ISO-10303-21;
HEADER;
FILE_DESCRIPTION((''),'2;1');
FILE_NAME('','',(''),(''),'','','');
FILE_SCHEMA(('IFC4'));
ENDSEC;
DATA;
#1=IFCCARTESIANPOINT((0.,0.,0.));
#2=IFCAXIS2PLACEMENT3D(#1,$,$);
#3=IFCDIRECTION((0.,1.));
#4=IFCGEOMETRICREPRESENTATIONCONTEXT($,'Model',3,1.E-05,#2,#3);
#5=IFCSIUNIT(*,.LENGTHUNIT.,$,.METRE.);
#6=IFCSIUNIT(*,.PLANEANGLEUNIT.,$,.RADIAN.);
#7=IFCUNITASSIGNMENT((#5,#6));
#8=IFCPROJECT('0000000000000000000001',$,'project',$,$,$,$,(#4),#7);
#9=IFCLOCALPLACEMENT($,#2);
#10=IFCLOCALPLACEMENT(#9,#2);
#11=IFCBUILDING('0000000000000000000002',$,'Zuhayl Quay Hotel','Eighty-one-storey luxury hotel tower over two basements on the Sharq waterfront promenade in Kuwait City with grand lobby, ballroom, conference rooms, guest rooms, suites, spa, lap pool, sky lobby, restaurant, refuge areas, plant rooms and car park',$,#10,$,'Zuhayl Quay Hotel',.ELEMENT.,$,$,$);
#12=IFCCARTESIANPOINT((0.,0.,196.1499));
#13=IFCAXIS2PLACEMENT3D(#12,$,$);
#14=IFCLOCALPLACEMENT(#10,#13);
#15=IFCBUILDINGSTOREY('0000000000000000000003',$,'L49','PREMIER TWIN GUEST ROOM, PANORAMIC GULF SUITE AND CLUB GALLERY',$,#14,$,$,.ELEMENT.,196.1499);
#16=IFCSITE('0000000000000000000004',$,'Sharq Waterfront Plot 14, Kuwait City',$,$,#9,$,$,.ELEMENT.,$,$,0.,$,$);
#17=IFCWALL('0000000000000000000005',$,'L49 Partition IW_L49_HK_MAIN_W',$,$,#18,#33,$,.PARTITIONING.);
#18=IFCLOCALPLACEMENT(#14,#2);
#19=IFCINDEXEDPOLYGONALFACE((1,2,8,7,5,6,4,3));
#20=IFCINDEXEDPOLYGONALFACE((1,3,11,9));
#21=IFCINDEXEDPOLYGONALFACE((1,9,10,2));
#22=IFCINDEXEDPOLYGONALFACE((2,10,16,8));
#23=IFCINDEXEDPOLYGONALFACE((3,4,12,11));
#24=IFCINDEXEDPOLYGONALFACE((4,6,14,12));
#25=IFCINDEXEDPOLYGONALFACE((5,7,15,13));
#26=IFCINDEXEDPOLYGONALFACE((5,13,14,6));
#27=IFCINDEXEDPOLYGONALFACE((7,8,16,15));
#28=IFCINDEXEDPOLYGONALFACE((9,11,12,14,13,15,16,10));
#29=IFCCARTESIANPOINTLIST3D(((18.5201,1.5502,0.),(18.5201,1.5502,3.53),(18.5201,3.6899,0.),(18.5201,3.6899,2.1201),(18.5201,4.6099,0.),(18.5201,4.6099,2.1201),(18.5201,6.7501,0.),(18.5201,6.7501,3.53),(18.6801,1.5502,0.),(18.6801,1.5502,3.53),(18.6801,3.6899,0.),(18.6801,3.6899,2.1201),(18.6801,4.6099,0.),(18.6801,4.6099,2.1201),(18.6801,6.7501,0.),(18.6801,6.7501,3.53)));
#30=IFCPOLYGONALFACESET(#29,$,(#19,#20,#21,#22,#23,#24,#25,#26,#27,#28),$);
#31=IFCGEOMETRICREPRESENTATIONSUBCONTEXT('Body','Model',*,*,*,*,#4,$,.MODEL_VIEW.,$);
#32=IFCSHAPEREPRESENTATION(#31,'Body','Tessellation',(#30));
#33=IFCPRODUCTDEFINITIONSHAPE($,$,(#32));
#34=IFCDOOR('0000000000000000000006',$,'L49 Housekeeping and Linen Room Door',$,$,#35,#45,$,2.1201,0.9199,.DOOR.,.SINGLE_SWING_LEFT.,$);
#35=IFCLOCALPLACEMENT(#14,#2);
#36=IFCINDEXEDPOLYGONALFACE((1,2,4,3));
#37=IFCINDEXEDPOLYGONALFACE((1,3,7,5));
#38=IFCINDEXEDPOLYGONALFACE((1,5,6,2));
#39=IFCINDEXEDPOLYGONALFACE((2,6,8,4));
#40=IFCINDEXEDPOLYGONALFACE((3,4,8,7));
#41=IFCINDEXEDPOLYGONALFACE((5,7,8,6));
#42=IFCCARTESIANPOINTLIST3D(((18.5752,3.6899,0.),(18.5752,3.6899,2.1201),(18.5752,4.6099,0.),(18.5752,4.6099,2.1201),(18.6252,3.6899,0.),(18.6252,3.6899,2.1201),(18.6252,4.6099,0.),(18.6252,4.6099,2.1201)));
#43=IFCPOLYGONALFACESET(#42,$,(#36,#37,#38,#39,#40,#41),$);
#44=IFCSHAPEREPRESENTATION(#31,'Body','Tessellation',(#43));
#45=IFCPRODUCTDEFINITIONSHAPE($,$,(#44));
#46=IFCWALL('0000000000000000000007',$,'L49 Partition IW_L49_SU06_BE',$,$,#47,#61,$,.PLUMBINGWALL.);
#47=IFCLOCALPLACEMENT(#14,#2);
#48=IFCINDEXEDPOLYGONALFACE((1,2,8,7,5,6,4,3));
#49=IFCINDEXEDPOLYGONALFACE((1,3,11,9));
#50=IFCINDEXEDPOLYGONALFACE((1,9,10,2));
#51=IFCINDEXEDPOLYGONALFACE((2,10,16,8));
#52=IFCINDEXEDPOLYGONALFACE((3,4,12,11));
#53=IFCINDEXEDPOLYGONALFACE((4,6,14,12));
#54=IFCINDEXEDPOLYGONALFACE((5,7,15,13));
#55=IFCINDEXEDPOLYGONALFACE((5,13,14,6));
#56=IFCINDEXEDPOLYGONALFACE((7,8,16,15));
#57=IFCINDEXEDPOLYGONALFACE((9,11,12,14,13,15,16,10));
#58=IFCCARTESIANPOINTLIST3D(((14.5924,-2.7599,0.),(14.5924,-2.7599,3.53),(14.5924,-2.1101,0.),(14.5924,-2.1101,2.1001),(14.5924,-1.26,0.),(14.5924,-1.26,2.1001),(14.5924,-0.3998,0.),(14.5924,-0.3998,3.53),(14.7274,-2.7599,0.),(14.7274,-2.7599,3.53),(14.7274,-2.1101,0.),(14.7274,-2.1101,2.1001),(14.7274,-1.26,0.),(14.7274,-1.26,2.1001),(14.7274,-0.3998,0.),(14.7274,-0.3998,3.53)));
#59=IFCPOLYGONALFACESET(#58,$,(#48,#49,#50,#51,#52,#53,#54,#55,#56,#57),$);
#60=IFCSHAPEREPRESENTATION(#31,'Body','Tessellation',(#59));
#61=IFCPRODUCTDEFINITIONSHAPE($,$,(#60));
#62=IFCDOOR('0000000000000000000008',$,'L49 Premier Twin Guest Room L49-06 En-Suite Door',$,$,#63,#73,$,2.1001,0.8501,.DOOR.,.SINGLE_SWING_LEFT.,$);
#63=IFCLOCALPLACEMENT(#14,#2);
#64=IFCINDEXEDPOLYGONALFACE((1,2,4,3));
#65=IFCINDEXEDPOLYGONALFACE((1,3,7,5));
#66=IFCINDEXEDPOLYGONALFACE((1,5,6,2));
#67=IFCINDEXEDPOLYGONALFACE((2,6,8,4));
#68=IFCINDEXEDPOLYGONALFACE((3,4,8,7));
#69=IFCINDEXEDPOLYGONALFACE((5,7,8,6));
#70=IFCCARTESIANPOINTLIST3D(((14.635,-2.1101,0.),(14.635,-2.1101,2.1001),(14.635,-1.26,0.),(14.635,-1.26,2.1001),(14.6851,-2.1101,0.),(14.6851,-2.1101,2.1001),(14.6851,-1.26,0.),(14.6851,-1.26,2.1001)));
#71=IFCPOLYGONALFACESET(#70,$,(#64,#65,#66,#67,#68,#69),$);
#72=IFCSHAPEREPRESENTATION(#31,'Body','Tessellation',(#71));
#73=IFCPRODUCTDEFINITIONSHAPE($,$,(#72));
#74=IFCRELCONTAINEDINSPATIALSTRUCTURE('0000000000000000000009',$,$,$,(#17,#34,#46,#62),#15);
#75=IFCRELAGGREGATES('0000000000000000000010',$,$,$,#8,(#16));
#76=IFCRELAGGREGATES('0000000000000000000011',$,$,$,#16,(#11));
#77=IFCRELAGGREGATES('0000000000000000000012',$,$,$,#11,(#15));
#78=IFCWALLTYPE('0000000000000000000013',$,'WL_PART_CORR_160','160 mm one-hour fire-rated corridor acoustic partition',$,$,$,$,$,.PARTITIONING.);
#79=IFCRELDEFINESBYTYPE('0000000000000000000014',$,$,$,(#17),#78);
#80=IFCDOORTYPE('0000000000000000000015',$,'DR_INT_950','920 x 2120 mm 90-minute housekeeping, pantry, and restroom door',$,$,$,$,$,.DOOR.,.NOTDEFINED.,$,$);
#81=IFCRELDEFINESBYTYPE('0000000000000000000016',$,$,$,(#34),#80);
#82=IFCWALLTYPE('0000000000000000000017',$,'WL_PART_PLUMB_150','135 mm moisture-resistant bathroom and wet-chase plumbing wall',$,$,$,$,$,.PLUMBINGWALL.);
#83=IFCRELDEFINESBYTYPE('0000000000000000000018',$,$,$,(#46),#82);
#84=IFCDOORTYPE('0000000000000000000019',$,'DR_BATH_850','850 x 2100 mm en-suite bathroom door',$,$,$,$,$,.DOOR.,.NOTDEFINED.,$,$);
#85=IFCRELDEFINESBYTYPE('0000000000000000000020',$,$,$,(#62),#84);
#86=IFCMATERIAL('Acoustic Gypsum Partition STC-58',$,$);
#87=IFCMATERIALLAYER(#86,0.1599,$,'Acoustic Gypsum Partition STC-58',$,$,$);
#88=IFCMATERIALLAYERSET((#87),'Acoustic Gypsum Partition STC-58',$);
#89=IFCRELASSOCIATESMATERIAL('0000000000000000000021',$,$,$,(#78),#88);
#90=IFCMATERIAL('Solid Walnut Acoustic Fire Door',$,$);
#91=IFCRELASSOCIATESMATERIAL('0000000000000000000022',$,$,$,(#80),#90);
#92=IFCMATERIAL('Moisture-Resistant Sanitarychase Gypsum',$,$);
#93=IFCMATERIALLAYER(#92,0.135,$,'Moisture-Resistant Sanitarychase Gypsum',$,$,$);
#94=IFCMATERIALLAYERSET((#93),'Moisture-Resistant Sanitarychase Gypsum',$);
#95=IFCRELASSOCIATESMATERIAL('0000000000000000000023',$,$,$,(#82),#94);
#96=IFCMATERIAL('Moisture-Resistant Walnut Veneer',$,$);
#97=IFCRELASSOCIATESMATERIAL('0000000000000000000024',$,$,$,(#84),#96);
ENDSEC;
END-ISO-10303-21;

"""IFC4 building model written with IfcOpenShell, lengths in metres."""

from ifc_helpers import new_model, si_unit, direction, frame, frame_2d, origin, place, context, subcontext, project, spatial, rectangle, extrude, material, layer, layer_set, type_object, element, fill, save


model = new_model("IFC4")

# Units and contexts
model_context = context("Model", 3, precision=1e-05, world=origin(), true_north=direction((0.0, 1.0)))
body_context = subcontext(model_context, "Body", "Model", "MODEL_VIEW")
ifc_project = project(units=[si_unit("LENGTHUNIT", "METRE"), si_unit("PLANEANGLEUNIT", "RADIAN")], contexts=[model_context])

# Site, building, storey
site_placement = place(None, origin())
site = spatial("IfcSite", under=ifc_project, at=site_placement, Name="Sharq Waterfront Plot 14, Kuwait City", CompositionType="ELEMENT", RefElevation=0.0)
building_placement = place(site_placement, origin())
building = spatial("IfcBuilding", under=site, at=building_placement, Name="Zuhayl Quay Hotel", Description="Eighty-one-storey luxury hotel tower over two basements on the Sharq waterfront promenade in Kuwait City with grand lobby, ballroom, conference rooms, guest rooms, suites, spa, lap pool, sky lobby, restaurant, refuge areas, plant rooms and car park", LongName="Zuhayl Quay Hotel", CompositionType="ELEMENT")
storey_placement = place(building_placement, frame((0.0, 0.0, 196.1499)))
storey = spatial("IfcBuildingStorey", under=building, at=storey_placement, Name="L49", Description="PREMIER TWIN GUEST ROOM, PANORAMIC GULF SUITE AND CLUB GALLERY", CompositionType="ELEMENT", Elevation=196.1499)

# Shared definitions
ifc_material_1 = material(Name="Acoustic Gypsum Partition STC-58")

# Walls, openings, doors
ifc_layer_1 = layer(ifc_material_1, 0.1599, Name="Acoustic Gypsum Partition STC-58")
ifc_layer_set_1 = layer_set([ifc_layer_1], Name="Acoustic Gypsum Partition STC-58")
wall_type_1 = type_object("IfcWallType", Name="WL_PART_CORR_160", Description="160 mm one-hour fire-rated corridor acoustic partition", PredefinedType="PARTITIONING", material=ifc_layer_set_1)
wall_1_placement = place(storey_placement, frame((18.6001, 1.55, 0.0), z_axis=(0.0, 0.0, 1.0), x_axis=(0.0, 1.0, 0.0)))
wall_1 = element("IfcWall", 1, at=wall_1_placement, inside=storey, type_object=wall_type_1, Name="L49 Partition IW_L49_HK_MAIN_W", PredefinedType="PARTITIONING", context=body_context, shape_type="SweptSolid", body=[
    extrude(rectangle(XDim=5.2, YDim=0.1599, at=frame_2d((2.6001, 0.0))), origin(), (0.0, 0.0, 1.0), 3.53),
])
opening_1_placement = place(wall_1_placement, frame((2.1399, 0.0, 0.0)))
opening_1 = element("IfcOpeningElement", 2, at=opening_1_placement, cuts=wall_1, PredefinedType="OPENING", context=body_context, shape_type="SweptSolid", body=[
    extrude(rectangle(XDim=0.9199, YDim=2.1201, at=frame_2d((0.46, 1.0601))), frame((0.0, 0.0898, 0.0), z_axis=(0.0, -1.0, 0.0), x_axis=(1.0, 0.0, 0.0)), (0.0, 0.0, 1.0), 0.1799),
])
ifc_material_2 = material(Name="Solid Walnut Acoustic Fire Door")
door_type_1 = type_object("IfcDoorType", Name="DR_INT_950", Description="920 x 2120 mm 90-minute housekeeping, pantry, and restroom door", OperationType="NOTDEFINED", PredefinedType="DOOR", material=ifc_material_2)
door_1_placement = place(opening_1_placement, origin())
door_1 = element("IfcDoor", 3, at=door_1_placement, inside=storey, type_object=door_type_1, Name="L49 Housekeeping and Linen Room Door", OperationType="SINGLE_SWING_LEFT", OverallHeight=2.1201, OverallWidth=0.9199, PredefinedType="DOOR", context=body_context, shape_type="SweptSolid", body=[
    extrude(rectangle(XDim=0.9199, YDim=2.1201, at=frame_2d((0.46, 1.0601))), frame((0.0, 0.0249, 0.0), z_axis=(0.0, -1.0, 0.0), x_axis=(1.0, 0.0, 0.0)), (0.0, 0.0, 1.0), 0.05),
])
fill(opening_1, door_1)
ifc_material_3 = material(Name="Moisture-Resistant Sanitarychase Gypsum")
ifc_layer_2 = layer(ifc_material_3, 0.135, Name="Moisture-Resistant Sanitarychase Gypsum")
ifc_layer_set_2 = layer_set([ifc_layer_2], Name="Moisture-Resistant Sanitarychase Gypsum")
wall_type_2 = type_object("IfcWallType", Name="WL_PART_PLUMB_150", Description="135 mm moisture-resistant bathroom and wet-chase plumbing wall", PredefinedType="PLUMBINGWALL", material=ifc_layer_set_2)
wall_2_placement = place(storey_placement, frame((14.6599, -2.76, 0.0), z_axis=(0.0, 0.0, 1.0), x_axis=(0.0, 1.0, 0.0)))
wall_2 = element("IfcWall", 4, at=wall_2_placement, inside=storey, type_object=wall_type_2, Name="L49 Partition IW_L49_SU06_BE", PredefinedType="PLUMBINGWALL", context=body_context, shape_type="SweptSolid", body=[
    extrude(rectangle(XDim=2.3601, YDim=0.135, at=frame_2d((1.1802, 0.0))), origin(), (0.0, 0.0, 1.0), 3.53),
])
opening_2_placement = place(wall_2_placement, frame((0.6499, 0.0, 0.0)))
opening_2 = element("IfcOpeningElement", 5, at=opening_2_placement, cuts=wall_2, PredefinedType="OPENING", context=body_context, shape_type="SweptSolid", body=[
    extrude(rectangle(XDim=0.8501, YDim=2.1001, at=frame_2d((0.425, 1.05))), frame((0.0, 0.0774, 0.0), z_axis=(0.0, -1.0, 0.0), x_axis=(1.0, 0.0, 0.0)), (0.0, 0.0, 1.0), 0.155),
])
ifc_material_4 = material(Name="Moisture-Resistant Walnut Veneer")
door_type_2 = type_object("IfcDoorType", Name="DR_BATH_850", Description="850 x 2100 mm en-suite bathroom door", OperationType="NOTDEFINED", PredefinedType="DOOR", material=ifc_material_4)
door_2_placement = place(opening_2_placement, origin())
door_2 = element("IfcDoor", 6, at=door_2_placement, inside=storey, type_object=door_type_2, Name="L49 Premier Twin Guest Room L49-06 En-Suite Door", OperationType="SINGLE_SWING_LEFT", OverallHeight=2.1001, OverallWidth=0.8501, PredefinedType="DOOR", context=body_context, shape_type="SweptSolid", body=[
    extrude(rectangle(XDim=0.8501, YDim=2.1001, at=frame_2d((0.425, 1.05))), frame((0.0, 0.0249, 0.0), z_axis=(0.0, -1.0, 0.0), x_axis=(1.0, 0.0, 0.0)), (0.0, 0.0, 1.0), 0.05),
])
fill(opening_2, door_2)

save(model, "model.ifc")
